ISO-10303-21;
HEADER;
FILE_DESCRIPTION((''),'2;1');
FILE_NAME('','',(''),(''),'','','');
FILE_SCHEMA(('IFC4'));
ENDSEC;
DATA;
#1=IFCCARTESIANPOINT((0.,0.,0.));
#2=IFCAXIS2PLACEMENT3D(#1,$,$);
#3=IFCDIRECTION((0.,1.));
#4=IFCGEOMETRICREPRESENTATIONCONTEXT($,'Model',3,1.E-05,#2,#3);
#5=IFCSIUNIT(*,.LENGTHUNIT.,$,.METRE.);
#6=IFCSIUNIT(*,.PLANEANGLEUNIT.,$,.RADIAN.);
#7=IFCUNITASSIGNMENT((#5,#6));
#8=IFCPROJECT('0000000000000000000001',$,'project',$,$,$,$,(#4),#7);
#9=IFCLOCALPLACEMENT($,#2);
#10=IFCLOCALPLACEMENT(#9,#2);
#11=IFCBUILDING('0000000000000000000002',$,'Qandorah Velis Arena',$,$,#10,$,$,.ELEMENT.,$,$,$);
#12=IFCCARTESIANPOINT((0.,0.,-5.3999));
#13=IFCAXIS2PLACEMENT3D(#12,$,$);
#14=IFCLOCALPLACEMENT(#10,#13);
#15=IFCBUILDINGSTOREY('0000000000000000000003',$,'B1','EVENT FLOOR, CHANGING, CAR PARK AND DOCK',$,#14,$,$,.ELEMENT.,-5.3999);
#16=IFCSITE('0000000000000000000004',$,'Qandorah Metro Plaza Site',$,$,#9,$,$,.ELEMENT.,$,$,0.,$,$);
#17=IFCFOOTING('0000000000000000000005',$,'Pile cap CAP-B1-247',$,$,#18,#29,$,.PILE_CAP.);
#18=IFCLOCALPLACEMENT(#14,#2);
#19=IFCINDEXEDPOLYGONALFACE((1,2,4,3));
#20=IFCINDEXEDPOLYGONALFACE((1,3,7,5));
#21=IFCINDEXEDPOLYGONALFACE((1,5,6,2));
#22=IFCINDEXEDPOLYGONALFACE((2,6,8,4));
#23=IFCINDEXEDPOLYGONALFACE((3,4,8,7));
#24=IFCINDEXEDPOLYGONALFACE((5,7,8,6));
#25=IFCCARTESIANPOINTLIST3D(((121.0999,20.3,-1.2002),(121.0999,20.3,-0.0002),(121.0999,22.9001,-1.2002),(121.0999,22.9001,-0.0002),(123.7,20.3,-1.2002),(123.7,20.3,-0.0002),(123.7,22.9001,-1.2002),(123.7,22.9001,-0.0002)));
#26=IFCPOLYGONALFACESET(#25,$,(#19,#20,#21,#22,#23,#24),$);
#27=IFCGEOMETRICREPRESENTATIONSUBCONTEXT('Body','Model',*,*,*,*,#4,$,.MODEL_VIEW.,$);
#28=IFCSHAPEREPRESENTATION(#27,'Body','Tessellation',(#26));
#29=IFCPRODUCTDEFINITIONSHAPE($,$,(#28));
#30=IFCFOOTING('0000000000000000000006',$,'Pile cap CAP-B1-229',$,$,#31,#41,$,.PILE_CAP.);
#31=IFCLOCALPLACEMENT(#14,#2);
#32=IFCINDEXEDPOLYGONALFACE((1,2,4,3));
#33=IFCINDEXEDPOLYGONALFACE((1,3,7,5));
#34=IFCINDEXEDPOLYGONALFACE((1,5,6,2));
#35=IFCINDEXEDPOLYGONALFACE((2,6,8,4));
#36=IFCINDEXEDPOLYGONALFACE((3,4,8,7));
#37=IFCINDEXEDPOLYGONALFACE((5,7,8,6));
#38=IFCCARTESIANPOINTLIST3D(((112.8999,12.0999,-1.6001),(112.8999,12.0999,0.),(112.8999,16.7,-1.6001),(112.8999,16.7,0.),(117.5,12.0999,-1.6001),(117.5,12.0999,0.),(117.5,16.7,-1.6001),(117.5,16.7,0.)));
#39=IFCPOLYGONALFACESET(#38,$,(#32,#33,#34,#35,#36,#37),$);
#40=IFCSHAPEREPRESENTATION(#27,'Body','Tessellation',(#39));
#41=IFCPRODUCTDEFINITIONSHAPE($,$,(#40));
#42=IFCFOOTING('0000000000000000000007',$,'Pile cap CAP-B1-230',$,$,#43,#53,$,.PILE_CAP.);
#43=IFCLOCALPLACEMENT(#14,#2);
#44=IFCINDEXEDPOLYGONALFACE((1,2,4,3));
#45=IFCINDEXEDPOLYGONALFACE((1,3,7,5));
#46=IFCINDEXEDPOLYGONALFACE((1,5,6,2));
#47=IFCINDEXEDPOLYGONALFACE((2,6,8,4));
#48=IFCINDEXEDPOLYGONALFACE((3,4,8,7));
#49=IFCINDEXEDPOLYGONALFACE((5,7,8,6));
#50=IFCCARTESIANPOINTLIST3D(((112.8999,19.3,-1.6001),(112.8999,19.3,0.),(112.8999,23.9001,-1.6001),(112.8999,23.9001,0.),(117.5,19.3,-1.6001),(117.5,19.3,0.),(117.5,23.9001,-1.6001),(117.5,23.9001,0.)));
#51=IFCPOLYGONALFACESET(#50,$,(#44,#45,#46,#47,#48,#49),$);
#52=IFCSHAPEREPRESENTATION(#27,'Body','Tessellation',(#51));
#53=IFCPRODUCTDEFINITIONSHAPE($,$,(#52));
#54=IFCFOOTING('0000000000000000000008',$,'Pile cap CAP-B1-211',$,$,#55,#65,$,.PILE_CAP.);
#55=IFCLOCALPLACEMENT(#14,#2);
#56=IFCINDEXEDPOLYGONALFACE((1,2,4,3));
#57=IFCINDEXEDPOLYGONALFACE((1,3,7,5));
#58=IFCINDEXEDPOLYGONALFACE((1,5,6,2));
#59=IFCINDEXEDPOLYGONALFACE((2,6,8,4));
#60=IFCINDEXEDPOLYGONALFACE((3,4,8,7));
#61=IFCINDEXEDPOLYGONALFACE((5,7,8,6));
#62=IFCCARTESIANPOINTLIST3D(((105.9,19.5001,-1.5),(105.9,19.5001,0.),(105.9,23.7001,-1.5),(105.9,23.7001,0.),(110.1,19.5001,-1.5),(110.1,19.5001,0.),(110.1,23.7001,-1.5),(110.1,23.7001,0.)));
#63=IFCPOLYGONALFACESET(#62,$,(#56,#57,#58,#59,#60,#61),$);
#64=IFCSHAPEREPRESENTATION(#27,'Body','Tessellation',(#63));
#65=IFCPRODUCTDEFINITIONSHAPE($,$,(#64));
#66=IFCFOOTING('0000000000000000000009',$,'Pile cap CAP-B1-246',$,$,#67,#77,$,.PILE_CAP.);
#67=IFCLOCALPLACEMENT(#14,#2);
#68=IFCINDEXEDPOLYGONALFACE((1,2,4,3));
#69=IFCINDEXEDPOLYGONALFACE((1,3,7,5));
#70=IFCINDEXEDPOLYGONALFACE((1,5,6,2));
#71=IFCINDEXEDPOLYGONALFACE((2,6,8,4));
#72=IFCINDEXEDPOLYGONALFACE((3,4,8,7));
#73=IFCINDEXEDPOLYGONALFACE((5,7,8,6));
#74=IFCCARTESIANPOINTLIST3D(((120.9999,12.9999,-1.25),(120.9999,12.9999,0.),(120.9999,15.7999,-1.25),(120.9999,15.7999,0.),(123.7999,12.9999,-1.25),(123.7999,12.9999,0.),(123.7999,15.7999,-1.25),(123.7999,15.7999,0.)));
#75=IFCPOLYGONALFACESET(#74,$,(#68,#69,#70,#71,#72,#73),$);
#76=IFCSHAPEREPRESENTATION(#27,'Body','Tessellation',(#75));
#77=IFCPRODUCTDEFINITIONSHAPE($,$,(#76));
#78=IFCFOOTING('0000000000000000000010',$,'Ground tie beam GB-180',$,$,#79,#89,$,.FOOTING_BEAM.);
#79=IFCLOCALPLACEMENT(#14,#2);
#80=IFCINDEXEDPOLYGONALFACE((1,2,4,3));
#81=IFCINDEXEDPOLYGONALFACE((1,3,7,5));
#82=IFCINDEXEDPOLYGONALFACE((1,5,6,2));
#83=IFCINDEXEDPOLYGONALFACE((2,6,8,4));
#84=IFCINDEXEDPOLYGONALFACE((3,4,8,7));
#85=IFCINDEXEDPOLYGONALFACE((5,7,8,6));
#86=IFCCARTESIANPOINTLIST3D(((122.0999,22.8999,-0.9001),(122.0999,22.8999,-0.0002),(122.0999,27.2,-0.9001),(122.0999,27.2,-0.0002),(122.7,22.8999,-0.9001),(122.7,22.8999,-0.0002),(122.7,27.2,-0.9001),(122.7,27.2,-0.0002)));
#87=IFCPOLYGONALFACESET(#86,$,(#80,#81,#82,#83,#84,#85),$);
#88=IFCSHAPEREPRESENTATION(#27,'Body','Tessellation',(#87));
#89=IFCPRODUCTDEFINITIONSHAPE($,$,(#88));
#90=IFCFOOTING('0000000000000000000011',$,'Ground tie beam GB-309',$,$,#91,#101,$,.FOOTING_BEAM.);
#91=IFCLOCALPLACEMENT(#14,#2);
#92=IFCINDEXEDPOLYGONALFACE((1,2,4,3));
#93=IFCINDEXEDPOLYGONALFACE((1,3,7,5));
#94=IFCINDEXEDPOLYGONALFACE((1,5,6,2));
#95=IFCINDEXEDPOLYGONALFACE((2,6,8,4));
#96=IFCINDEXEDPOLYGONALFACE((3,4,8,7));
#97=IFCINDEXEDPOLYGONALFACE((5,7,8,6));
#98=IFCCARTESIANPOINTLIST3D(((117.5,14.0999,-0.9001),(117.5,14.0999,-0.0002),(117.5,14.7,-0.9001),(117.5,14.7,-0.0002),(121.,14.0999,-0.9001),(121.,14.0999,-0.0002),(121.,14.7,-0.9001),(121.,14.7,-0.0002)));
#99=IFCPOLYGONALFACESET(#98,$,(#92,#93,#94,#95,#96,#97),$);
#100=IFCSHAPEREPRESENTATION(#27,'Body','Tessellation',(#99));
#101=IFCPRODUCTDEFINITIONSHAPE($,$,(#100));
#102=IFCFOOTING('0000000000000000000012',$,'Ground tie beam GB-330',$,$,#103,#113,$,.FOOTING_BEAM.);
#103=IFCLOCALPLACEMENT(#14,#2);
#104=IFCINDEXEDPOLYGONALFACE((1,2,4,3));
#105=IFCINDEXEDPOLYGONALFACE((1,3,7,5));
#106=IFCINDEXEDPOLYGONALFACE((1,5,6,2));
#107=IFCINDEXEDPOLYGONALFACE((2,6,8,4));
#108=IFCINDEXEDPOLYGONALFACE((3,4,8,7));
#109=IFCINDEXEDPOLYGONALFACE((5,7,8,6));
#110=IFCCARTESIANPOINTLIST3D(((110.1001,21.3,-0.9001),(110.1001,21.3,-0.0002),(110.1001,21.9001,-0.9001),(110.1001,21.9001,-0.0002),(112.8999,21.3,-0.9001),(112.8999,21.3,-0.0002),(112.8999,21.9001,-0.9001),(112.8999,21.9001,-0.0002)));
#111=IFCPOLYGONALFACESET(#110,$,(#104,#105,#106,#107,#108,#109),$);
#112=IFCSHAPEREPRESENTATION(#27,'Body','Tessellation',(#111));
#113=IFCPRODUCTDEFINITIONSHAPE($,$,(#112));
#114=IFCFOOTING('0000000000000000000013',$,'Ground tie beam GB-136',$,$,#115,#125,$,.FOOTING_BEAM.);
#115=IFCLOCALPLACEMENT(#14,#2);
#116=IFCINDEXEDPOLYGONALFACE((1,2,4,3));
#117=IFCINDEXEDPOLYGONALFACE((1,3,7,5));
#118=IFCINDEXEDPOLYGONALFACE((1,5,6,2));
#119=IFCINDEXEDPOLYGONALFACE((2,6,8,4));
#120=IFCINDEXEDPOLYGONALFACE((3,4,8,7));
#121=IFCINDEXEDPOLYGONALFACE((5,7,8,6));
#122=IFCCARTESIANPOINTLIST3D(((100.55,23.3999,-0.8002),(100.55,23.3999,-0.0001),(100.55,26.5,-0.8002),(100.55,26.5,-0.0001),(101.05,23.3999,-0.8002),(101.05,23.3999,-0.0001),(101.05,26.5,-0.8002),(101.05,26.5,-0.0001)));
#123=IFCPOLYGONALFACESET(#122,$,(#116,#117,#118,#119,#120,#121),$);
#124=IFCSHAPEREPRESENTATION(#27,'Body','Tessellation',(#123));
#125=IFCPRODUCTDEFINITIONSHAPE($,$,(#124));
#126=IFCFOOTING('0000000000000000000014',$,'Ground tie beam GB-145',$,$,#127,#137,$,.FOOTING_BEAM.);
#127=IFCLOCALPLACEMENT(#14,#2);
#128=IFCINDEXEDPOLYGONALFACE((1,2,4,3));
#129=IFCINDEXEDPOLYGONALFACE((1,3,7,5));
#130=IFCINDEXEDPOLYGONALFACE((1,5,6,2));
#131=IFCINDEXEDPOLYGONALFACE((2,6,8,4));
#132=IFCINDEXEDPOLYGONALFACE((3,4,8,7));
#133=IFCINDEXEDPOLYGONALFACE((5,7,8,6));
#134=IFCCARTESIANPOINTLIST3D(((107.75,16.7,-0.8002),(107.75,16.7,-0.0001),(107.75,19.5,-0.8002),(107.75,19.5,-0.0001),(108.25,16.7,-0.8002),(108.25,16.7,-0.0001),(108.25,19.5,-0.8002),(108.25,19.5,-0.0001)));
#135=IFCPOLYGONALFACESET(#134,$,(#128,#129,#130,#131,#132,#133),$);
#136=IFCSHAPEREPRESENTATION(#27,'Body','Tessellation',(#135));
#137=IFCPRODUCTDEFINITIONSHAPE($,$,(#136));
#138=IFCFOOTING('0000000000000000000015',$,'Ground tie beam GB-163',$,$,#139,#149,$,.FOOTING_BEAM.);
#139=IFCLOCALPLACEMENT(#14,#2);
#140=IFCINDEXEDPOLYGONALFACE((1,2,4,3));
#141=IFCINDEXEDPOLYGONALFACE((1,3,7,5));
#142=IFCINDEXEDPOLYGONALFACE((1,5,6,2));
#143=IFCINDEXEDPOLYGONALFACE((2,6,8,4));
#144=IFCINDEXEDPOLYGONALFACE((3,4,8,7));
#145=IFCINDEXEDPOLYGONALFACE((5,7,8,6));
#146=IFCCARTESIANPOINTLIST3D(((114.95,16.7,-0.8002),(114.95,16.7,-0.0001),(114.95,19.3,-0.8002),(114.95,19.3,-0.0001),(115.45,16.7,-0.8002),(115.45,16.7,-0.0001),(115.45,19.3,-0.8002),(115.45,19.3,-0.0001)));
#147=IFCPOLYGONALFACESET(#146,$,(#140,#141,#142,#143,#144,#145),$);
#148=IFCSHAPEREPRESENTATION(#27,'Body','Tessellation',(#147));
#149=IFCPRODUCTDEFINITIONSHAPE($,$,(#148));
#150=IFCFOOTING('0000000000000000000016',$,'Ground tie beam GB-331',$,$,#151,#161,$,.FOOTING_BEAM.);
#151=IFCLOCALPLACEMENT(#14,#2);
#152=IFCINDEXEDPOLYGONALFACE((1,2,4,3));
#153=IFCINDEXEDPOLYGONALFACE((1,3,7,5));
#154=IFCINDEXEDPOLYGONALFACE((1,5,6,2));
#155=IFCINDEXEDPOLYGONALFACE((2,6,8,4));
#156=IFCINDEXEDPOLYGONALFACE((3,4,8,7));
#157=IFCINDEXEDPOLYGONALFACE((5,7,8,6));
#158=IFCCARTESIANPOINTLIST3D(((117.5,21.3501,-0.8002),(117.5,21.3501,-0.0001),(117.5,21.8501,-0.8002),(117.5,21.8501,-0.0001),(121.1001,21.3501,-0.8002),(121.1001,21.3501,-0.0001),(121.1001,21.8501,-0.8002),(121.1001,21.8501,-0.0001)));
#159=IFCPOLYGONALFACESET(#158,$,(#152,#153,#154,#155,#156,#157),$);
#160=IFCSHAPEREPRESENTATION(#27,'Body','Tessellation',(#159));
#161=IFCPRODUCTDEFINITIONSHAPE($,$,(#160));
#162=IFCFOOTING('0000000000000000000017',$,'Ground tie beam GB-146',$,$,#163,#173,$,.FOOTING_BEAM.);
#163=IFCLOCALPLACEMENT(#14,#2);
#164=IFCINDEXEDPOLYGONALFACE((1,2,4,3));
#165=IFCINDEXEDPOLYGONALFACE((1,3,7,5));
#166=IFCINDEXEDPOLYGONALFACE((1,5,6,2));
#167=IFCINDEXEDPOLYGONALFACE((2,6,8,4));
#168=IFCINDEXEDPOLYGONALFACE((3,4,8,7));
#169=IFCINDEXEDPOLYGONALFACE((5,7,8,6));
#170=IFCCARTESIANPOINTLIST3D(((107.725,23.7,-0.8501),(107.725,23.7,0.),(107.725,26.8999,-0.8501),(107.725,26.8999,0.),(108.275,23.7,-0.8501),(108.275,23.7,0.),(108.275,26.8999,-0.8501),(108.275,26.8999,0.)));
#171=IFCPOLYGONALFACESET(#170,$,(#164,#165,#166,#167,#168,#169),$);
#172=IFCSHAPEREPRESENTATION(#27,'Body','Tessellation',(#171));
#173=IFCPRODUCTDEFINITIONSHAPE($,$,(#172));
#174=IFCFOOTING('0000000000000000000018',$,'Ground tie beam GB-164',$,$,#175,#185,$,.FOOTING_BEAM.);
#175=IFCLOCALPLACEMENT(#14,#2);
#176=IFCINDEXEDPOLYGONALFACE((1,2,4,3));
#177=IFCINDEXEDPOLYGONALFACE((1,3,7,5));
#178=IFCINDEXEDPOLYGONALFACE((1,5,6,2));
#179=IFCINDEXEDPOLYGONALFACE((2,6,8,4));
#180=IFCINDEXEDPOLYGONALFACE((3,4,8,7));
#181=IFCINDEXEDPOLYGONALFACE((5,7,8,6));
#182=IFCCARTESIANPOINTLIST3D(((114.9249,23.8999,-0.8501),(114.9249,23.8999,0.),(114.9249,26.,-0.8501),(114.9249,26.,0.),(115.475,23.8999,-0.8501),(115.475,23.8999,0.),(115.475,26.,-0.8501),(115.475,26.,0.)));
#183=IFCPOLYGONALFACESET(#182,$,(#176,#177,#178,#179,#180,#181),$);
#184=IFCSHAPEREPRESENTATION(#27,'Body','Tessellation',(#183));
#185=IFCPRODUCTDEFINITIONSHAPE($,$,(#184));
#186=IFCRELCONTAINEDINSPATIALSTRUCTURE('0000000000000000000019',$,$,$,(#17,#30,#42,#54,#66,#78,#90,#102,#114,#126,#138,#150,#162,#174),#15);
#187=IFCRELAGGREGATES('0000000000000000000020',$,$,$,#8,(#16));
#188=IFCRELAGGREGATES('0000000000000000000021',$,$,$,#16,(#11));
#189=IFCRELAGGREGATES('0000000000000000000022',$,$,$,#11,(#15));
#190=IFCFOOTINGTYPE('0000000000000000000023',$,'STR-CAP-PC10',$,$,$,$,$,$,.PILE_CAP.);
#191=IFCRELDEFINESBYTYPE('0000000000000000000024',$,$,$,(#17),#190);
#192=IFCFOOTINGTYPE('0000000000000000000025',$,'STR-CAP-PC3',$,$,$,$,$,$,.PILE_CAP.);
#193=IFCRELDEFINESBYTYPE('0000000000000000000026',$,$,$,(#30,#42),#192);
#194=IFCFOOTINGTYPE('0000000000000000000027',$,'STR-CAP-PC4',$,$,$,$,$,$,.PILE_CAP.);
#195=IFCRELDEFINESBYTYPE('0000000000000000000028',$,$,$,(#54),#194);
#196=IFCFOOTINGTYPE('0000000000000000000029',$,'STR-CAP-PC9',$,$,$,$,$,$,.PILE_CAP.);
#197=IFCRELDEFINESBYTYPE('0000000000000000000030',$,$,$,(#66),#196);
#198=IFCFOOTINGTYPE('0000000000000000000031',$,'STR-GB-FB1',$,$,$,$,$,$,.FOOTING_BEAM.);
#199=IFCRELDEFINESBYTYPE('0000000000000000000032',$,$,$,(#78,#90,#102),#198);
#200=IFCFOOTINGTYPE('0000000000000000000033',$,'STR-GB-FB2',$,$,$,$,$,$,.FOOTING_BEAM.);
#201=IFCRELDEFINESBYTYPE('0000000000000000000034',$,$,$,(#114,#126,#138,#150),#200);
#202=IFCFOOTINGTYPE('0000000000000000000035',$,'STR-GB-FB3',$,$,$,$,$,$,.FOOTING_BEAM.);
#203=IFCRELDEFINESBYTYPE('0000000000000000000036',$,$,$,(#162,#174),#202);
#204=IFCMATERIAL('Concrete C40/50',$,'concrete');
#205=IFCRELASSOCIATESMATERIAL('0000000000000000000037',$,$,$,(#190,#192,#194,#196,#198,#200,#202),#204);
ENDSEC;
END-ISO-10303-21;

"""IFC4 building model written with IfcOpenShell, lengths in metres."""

from ifc_helpers import new_model, si_unit, direction, frame, origin, origin_2d, place, context, subcontext, project, spatial, rectangle, extrude, material, material_profile, profile_set, type_object, element, save


model = new_model("IFC4")

# Units and contexts
model_context = context("Model", 3, precision=1e-05, world=origin(), true_north=direction((0.0, 1.0)))
body_context = subcontext(model_context, "Body", "Model", "MODEL_VIEW")
ifc_project = project(units=[si_unit("LENGTHUNIT", "METRE"), si_unit("PLANEANGLEUNIT", "RADIAN")], contexts=[model_context])

# Site, building, storey
site_placement = place(None, origin())
site = spatial("IfcSite", under=ifc_project, at=site_placement, Name="Qandorah Metro Plaza Site", CompositionType="ELEMENT", RefElevation=0.0)
building_placement = place(site_placement, origin())
building = spatial("IfcBuilding", under=site, at=building_placement, Name="Qandorah Velis Arena", CompositionType="ELEMENT")
storey_placement = place(building_placement, frame((0.0, 0.0, -5.3999)))
storey = spatial("IfcBuildingStorey", under=building, at=storey_placement, Name="B1", Description="EVENT FLOOR, CHANGING, CAR PARK AND DOCK", CompositionType="ELEMENT", Elevation=-5.3999)

# Footings
ifc_material_1 = material(Name="Concrete C40/50", Category="concrete")
footing_type_1 = type_object("IfcFootingType", Name="STR-CAP-PC10", PredefinedType="PILE_CAP", material=ifc_material_1)
footing_1_placement = place(storey_placement, frame((122.3999, 21.6001, -1.2002), z_axis=(0.0, 0.0, 1.0), x_axis=(1.0, 0.0, 0.0)))
element("IfcFooting", 1, at=footing_1_placement, inside=storey, type_object=footing_type_1, Name="Pile cap CAP-B1-247", PredefinedType="PILE_CAP", context=body_context, shape_type="SweptSolid", body=[
    extrude(rectangle(XDim=2.6001, YDim=2.6001, at=origin_2d()), origin(), (0.0, 0.0, 1.0), 1.2),
])
footing_type_2 = type_object("IfcFootingType", Name="STR-CAP-PC3", PredefinedType="PILE_CAP", material=ifc_material_1)
for number, where, z_axis, x_axis, name in (
    (2, (115.2, 14.3999, -1.6001), (0.0, 0.0, 1.0), (1.0, 0.0, 0.0), "Pile cap CAP-B1-229"),
    (3, (115.2, 21.6001, -1.6001), (0.0, 0.0, 1.0), (1.0, 0.0, 0.0), "Pile cap CAP-B1-230"),
):
    element("IfcFooting", number, at=place(storey_placement, frame(where, z_axis=z_axis, x_axis=x_axis)), inside=storey, type_object=footing_type_2, Name=name, PredefinedType="PILE_CAP", context=body_context, shape_type="SweptSolid", body=[
        extrude(rectangle(XDim=4.6001, YDim=4.6001, at=origin_2d()), origin(), (0.0, 0.0, 1.0), 1.6001),
    ])
footing_type_3 = type_object("IfcFootingType", Name="STR-CAP-PC4", PredefinedType="PILE_CAP", material=ifc_material_1)
footing_2_placement = place(storey_placement, frame((108.0, 21.6001, -1.5), z_axis=(0.0, 0.0, 1.0), x_axis=(1.0, 0.0, 0.0)))
element("IfcFooting", 4, at=footing_2_placement, inside=storey, type_object=footing_type_3, Name="Pile cap CAP-B1-211", PredefinedType="PILE_CAP", context=body_context, shape_type="SweptSolid", body=[
    extrude(rectangle(XDim=4.2, YDim=4.2, at=origin_2d()), origin(), (0.0, 0.0, 1.0), 1.5),
])
footing_type_4 = type_object("IfcFootingType", Name="STR-CAP-PC9", PredefinedType="PILE_CAP", material=ifc_material_1)
footing_3_placement = place(storey_placement, frame((122.3999, 14.3999, -1.25), z_axis=(0.0, 0.0, 1.0), x_axis=(1.0, 0.0, 0.0)))
element("IfcFooting", 5, at=footing_3_placement, inside=storey, type_object=footing_type_4, Name="Pile cap CAP-B1-246", PredefinedType="PILE_CAP", context=body_context, shape_type="SweptSolid", body=[
    extrude(rectangle(XDim=2.8, YDim=2.8, at=origin_2d()), origin(), (0.0, 0.0, 1.0), 1.25),
])
ifc_material_profile_1 = material_profile(ifc_material_1, rectangle(XDim=0.6001, YDim=0.8999, at=origin_2d()), Name="GB1 600x900")
ifc_profile_set_1 = profile_set([ifc_material_profile_1], Name="Concrete C40/50")
footing_type_5 = type_object("IfcFootingType", Name="STR-GB-FB1", PredefinedType="FOOTING_BEAM", material=ifc_profile_set_1)
footing_4_placement = place(storey_placement, frame((122.3999, 22.8999, -0.4502), z_axis=(0.0, 1.0, 0.0), x_axis=(-1.0, 0.0, 0.0)))
element("IfcFooting", 6, at=footing_4_placement, inside=storey, type_object=footing_type_5, Name="Ground tie beam GB-180", PredefinedType="FOOTING_BEAM", context=body_context, shape_type="SweptSolid", body=[
    extrude(rectangle(XDim=0.6001, YDim=0.8999, at=origin_2d()), origin(), (0.0, 0.0, 1.0), 4.3),
])
footing_5_placement = place(storey_placement, frame((117.5, 14.3999, -0.4502), z_axis=(1.0, 0.0, 0.0), x_axis=(0.0, 1.0, 0.0)))
element("IfcFooting", 7, at=footing_5_placement, inside=storey, type_object=footing_type_5, Name="Ground tie beam GB-309", PredefinedType="FOOTING_BEAM", context=body_context, shape_type="SweptSolid", body=[
    extrude(rectangle(XDim=0.6001, YDim=0.8999, at=origin_2d()), origin(), (0.0, 0.0, 1.0), 3.5),
])
footing_6_placement = place(storey_placement, frame((110.1001, 21.6001, -0.4502), z_axis=(1.0, 0.0, 0.0), x_axis=(0.0, 1.0, 0.0)))
element("IfcFooting", 8, at=footing_6_placement, inside=storey, type_object=footing_type_5, Name="Ground tie beam GB-330", PredefinedType="FOOTING_BEAM", context=body_context, shape_type="SweptSolid", body=[
    extrude(rectangle(XDim=0.6001, YDim=0.8999, at=origin_2d()), origin(), (0.0, 0.0, 1.0), 2.7998),
])
ifc_material_profile_2 = material_profile(ifc_material_1, rectangle(XDim=0.5, YDim=0.8, at=origin_2d()), Name="GB2 500x800")
ifc_profile_set_2 = profile_set([ifc_material_profile_2], Name="Concrete C40/50")
footing_type_6 = type_object("IfcFootingType", Name="STR-GB-FB2", PredefinedType="FOOTING_BEAM", material=ifc_profile_set_2)
footing_7_placement = place(storey_placement, frame((100.8, 23.3999, -0.4001), z_axis=(0.0, 1.0, 0.0), x_axis=(-1.0, 0.0, 0.0)))
element("IfcFooting", 9, at=footing_7_placement, inside=storey, type_object=footing_type_6, Name="Ground tie beam GB-136", PredefinedType="FOOTING_BEAM", context=body_context, shape_type="SweptSolid", body=[
    extrude(rectangle(XDim=0.5, YDim=0.8, at=origin_2d()), origin(), (0.0, 0.0, 1.0), 3.1001),
])
footing_8_placement = place(storey_placement, frame((108.0, 16.7, -0.4001), z_axis=(0.0, 1.0, 0.0), x_axis=(-1.0, 0.0, 0.0)))
element("IfcFooting", 10, at=footing_8_placement, inside=storey, type_object=footing_type_6, Name="Ground tie beam GB-145", PredefinedType="FOOTING_BEAM", context=body_context, shape_type="SweptSolid", body=[
    extrude(rectangle(XDim=0.5, YDim=0.8, at=origin_2d()), origin(), (0.0, 0.0, 1.0), 2.8),
])
footing_9_placement = place(storey_placement, frame((115.2, 16.7, -0.4001), z_axis=(0.0, 1.0, 0.0), x_axis=(-1.0, 0.0, 0.0)))
element("IfcFooting", 11, at=footing_9_placement, inside=storey, type_object=footing_type_6, Name="Ground tie beam GB-163", PredefinedType="FOOTING_BEAM", context=body_context, shape_type="SweptSolid", body=[
    extrude(rectangle(XDim=0.5, YDim=0.8, at=origin_2d()), origin(), (0.0, 0.0, 1.0), 2.6001),
])
footing_10_placement = place(storey_placement, frame((117.5, 21.6001, -0.4001), z_axis=(1.0, 0.0, 0.0), x_axis=(0.0, 1.0, 0.0)))
element("IfcFooting", 12, at=footing_10_placement, inside=storey, type_object=footing_type_6, Name="Ground tie beam GB-331", PredefinedType="FOOTING_BEAM", context=body_context, shape_type="SweptSolid", body=[
    extrude(rectangle(XDim=0.5, YDim=0.8, at=origin_2d()), origin(), (0.0, 0.0, 1.0), 3.6001),
])
ifc_material_profile_3 = material_profile(ifc_material_1, rectangle(XDim=0.55, YDim=0.8501, at=origin_2d()), Name="GB3 550x850")
ifc_profile_set_3 = profile_set([ifc_material_profile_3], Name="Concrete C40/50")
footing_type_7 = type_object("IfcFootingType", Name="STR-GB-FB3", PredefinedType="FOOTING_BEAM", material=ifc_profile_set_3)
footing_11_placement = place(storey_placement, frame((108.0, 23.7, -0.425), z_axis=(0.0, 1.0, 0.0), x_axis=(-1.0, 0.0, 0.0)))
element("IfcFooting", 13, at=footing_11_placement, inside=storey, type_object=footing_type_7, Name="Ground tie beam GB-146", PredefinedType="FOOTING_BEAM", context=body_context, shape_type="SweptSolid", body=[
    extrude(rectangle(XDim=0.55, YDim=0.8501, at=origin_2d()), origin(), (0.0, 0.0, 1.0), 3.2),
])
footing_12_placement = place(storey_placement, frame((115.2, 23.8999, -0.425), z_axis=(0.0, 1.0, 0.0), x_axis=(-1.0, 0.0, 0.0)))
element("IfcFooting", 14, at=footing_12_placement, inside=storey, type_object=footing_type_7, Name="Ground tie beam GB-164", PredefinedType="FOOTING_BEAM", context=body_context, shape_type="SweptSolid", body=[
    extrude(rectangle(XDim=0.55, YDim=0.8501, at=origin_2d()), origin(), (0.0, 0.0, 1.0), 2.1001),
])

save(model, "model.ifc")
